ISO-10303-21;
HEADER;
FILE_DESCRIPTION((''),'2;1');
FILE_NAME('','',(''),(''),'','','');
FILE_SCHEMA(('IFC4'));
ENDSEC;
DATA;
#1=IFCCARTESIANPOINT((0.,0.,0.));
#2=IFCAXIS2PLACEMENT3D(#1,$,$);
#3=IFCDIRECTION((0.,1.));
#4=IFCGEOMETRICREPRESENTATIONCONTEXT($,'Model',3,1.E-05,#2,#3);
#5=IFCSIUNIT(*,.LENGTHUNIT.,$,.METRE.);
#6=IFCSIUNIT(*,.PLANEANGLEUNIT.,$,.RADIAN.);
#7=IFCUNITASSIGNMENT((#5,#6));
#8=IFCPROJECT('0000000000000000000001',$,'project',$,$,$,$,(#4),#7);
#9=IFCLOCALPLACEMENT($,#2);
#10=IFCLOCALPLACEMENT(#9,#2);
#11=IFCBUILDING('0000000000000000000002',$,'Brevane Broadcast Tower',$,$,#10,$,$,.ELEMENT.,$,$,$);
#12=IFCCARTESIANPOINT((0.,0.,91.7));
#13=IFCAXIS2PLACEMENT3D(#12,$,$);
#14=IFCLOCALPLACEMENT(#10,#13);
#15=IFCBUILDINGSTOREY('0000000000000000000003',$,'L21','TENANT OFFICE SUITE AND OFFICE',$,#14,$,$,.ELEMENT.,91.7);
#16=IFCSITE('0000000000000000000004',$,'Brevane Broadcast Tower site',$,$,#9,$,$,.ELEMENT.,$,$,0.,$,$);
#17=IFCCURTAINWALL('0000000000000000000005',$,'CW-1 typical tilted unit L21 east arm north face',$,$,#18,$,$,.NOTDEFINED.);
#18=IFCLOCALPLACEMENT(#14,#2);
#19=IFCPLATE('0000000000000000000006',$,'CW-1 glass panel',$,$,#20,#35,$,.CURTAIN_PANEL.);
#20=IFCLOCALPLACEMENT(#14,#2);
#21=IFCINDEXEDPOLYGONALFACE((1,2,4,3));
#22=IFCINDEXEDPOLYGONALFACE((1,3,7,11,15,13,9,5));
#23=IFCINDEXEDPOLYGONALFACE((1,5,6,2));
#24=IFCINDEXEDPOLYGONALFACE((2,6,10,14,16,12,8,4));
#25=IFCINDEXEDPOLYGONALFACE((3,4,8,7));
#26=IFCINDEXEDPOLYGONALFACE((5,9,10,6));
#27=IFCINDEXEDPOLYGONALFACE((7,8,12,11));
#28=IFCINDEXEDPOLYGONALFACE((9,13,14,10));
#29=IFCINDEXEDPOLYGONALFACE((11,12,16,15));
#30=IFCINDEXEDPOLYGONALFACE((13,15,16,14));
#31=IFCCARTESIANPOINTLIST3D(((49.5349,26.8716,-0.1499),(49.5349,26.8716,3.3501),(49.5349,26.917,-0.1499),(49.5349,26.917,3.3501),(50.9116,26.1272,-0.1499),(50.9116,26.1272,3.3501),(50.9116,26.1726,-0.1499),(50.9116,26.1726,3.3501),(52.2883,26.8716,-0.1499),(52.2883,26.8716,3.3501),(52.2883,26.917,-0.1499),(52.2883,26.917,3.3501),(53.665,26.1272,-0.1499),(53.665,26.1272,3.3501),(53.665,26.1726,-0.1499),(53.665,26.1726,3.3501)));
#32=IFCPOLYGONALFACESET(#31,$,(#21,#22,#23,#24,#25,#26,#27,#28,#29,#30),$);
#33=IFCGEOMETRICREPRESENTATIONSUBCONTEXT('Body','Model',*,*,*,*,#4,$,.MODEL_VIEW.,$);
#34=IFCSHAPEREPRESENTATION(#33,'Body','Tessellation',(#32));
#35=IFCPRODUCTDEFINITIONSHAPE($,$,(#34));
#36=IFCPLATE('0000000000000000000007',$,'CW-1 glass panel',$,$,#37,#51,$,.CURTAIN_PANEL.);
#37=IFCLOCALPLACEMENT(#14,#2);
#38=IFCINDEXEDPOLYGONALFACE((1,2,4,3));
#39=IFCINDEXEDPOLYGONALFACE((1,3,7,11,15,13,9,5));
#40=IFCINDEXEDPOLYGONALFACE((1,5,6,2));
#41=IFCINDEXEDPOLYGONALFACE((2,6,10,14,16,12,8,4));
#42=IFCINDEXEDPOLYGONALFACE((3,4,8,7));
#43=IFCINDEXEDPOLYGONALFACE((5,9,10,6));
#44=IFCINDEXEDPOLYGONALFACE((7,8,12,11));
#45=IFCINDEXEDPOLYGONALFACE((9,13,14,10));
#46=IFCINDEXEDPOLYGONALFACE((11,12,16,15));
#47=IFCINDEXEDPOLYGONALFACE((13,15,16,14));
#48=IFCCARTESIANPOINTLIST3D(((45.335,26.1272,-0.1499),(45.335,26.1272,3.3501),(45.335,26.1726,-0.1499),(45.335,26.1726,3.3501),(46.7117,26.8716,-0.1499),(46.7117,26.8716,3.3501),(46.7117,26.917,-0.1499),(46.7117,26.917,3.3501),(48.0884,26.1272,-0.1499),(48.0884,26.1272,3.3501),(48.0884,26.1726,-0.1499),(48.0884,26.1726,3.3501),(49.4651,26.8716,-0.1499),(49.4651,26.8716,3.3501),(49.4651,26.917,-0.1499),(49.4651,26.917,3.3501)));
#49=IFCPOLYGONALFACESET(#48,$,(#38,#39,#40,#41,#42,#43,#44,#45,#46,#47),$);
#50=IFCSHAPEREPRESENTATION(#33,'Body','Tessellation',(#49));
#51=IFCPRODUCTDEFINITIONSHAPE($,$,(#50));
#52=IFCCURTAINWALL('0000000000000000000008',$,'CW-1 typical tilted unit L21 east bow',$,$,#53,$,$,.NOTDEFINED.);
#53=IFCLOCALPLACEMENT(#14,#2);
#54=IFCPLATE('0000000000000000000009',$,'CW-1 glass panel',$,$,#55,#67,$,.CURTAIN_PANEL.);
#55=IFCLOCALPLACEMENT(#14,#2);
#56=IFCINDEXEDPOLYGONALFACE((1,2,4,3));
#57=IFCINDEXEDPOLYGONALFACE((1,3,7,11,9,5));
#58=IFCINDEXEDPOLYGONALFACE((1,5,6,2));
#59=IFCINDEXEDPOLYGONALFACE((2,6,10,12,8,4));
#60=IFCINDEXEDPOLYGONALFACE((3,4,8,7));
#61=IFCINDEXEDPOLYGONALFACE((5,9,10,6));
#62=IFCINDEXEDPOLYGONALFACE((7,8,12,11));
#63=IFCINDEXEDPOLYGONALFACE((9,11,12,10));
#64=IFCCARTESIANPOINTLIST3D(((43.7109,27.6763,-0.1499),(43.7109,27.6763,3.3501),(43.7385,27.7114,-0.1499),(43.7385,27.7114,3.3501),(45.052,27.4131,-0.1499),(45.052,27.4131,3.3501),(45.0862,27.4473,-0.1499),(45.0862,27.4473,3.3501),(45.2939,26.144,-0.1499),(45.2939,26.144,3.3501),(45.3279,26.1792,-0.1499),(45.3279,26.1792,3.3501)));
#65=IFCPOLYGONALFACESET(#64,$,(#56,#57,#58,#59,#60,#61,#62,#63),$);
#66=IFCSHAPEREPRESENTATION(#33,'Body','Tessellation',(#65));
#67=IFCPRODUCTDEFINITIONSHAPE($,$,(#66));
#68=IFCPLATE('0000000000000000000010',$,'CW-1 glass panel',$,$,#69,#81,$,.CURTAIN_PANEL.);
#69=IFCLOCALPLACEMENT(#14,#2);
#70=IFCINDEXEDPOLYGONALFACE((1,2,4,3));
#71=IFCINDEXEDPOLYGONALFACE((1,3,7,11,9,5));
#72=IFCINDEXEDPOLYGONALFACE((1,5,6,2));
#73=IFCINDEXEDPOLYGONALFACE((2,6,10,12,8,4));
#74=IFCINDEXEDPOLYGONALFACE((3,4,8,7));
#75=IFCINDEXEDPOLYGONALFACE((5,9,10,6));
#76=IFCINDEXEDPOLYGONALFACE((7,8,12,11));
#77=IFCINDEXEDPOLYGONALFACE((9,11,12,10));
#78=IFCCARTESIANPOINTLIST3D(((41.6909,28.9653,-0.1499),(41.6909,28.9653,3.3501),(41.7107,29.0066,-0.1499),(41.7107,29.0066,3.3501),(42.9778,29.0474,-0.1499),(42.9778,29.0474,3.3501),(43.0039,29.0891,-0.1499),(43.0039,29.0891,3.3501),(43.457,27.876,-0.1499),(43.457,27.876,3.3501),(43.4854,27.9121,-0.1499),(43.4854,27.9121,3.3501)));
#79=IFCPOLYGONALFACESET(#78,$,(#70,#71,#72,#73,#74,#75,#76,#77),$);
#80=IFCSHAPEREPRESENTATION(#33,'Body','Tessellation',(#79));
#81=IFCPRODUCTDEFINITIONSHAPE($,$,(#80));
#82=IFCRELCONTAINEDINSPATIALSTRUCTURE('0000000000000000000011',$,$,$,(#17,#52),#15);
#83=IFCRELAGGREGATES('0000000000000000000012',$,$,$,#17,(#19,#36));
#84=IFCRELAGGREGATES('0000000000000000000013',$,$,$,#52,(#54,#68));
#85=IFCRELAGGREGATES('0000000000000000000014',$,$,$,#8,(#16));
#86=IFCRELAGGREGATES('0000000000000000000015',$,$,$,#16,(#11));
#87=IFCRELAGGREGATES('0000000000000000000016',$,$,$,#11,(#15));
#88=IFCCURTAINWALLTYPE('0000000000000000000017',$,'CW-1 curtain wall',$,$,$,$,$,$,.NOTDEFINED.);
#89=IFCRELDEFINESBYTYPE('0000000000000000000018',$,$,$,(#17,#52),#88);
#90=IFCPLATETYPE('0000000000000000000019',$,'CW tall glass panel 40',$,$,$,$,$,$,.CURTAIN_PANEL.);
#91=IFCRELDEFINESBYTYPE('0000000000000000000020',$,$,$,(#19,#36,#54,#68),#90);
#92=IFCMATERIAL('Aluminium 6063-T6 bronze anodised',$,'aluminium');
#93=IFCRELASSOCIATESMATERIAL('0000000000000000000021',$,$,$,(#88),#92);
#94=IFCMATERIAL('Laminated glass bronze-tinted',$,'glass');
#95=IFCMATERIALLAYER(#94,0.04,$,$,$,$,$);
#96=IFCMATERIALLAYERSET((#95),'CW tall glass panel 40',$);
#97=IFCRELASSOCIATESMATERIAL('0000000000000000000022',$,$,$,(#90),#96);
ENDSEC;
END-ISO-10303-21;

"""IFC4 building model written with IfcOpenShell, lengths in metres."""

from ifc_helpers import new_model, si_unit, direction, frame, origin, place, context, subcontext, project, spatial, polyline, outline, extrude, material, layer, layer_set, type_object, element, aggregate, save


model = new_model("IFC4")

# Units and contexts
model_context = context("Model", 3, precision=1e-05, world=origin(), true_north=direction((0.0, 1.0)))
body_context = subcontext(model_context, "Body", "Model", "MODEL_VIEW")
ifc_project = project(units=[si_unit("LENGTHUNIT", "METRE"), si_unit("PLANEANGLEUNIT", "RADIAN")], contexts=[model_context])

# Site, building, storey
site_placement = place(None, origin())
site = spatial("IfcSite", under=ifc_project, at=site_placement, Name="Brevane Broadcast Tower site", CompositionType="ELEMENT", RefElevation=0.0)
building_placement = place(site_placement, origin())
building = spatial("IfcBuilding", under=site, at=building_placement, Name="Brevane Broadcast Tower", CompositionType="ELEMENT")
storey_placement = place(building_placement, frame((0.0, 0.0, 91.7)))
storey = spatial("IfcBuildingStorey", under=building, at=storey_placement, Name="L21", Description="TENANT OFFICE SUITE AND OFFICE", CompositionType="ELEMENT", Elevation=91.7)

# Curtain walls, plates
ifc_material_1 = material(Name="Aluminium 6063-T6 bronze anodised", Category="aluminium")
curtain_wall_type = type_object("IfcCurtainWallType", Name="CW-1 curtain wall", PredefinedType="NOTDEFINED", material=ifc_material_1)
ifc_material_2 = material(Name="Laminated glass bronze-tinted", Category="glass")
ifc_layer = layer(ifc_material_2, 0.04)
ifc_layer_set = layer_set([ifc_layer], Name="CW tall glass panel 40")
plate_type = type_object("IfcPlateType", Name="CW tall glass panel 40", PredefinedType="CURTAIN_PANEL", material=ifc_layer_set)
curtain_wall_1_placement = place(storey_placement, origin())
curtain_wall_1 = element("IfcCurtainWall", 1, at=curtain_wall_1_placement, inside=storey, type_object=curtain_wall_type, Name="CW-1 typical tilted unit L21 east arm north face", PredefinedType="NOTDEFINED")
plate_1_placement = place(storey_placement, frame((0.0, 0.0, -0.1499)))
plate_1 = element("IfcPlate", 2, at=plate_1_placement, type_object=plate_type, Name="CW-1 glass panel", PredefinedType="CURTAIN_PANEL", context=body_context, shape_type="SweptSolid", body=[
    extrude(outline(polyline([(53.665, 26.1272), (53.665, 26.1726), (52.2883, 26.917), (50.9116, 26.1726), (49.5349, 26.917), (49.5349, 26.8716), (50.9116, 26.1272), (52.2883, 26.8716), (53.665, 26.1272)])), origin(), (0.0, 0.0, 1.0), 3.5),
])
plate_2_placement = place(storey_placement, frame((0.0, 0.0, -0.1499)))
plate_2 = element("IfcPlate", 3, at=plate_2_placement, type_object=plate_type, Name="CW-1 glass panel", PredefinedType="CURTAIN_PANEL", context=body_context, shape_type="SweptSolid", body=[
    extrude(outline(polyline([(49.4651, 26.8716), (49.4651, 26.917), (48.0884, 26.1726), (46.7117, 26.917), (45.335, 26.1726), (45.335, 26.1272), (46.7117, 26.8716), (48.0884, 26.1272), (49.4651, 26.8716)])), origin(), (0.0, 0.0, 1.0), 3.5),
])
aggregate(curtain_wall_1, [plate_1, plate_2])
curtain_wall_2_placement = place(storey_placement, origin())
curtain_wall_2 = element("IfcCurtainWall", 4, at=curtain_wall_2_placement, inside=storey, type_object=curtain_wall_type, Name="CW-1 typical tilted unit L21 east bow", PredefinedType="NOTDEFINED")
plate_3_placement = place(storey_placement, frame((0.0, 0.0, -0.1499)))
plate_3 = element("IfcPlate", 5, at=plate_3_placement, type_object=plate_type, Name="CW-1 glass panel", PredefinedType="CURTAIN_PANEL", context=body_context, shape_type="SweptSolid", body=[
    extrude(outline(polyline([(45.2939, 26.144), (45.3279, 26.1792), (45.0862, 27.4473), (43.7385, 27.7114), (43.7109, 27.6763), (45.052, 27.4131), (45.2939, 26.144)])), origin(), (0.0, 0.0, 1.0), 3.5),
])
plate_4_placement = place(storey_placement, frame((0.0, 0.0, -0.1499)))
plate_4 = element("IfcPlate", 6, at=plate_4_placement, type_object=plate_type, Name="CW-1 glass panel", PredefinedType="CURTAIN_PANEL", context=body_context, shape_type="SweptSolid", body=[
    extrude(outline(polyline([(43.457, 27.876), (43.4854, 27.9121), (43.0039, 29.0891), (41.7107, 29.0066), (41.6909, 28.9653), (42.9778, 29.0474), (43.457, 27.876)])), origin(), (0.0, 0.0, 1.0), 3.5),
])
aggregate(curtain_wall_2, [plate_3, plate_4])

save(model, "model.ifc")
